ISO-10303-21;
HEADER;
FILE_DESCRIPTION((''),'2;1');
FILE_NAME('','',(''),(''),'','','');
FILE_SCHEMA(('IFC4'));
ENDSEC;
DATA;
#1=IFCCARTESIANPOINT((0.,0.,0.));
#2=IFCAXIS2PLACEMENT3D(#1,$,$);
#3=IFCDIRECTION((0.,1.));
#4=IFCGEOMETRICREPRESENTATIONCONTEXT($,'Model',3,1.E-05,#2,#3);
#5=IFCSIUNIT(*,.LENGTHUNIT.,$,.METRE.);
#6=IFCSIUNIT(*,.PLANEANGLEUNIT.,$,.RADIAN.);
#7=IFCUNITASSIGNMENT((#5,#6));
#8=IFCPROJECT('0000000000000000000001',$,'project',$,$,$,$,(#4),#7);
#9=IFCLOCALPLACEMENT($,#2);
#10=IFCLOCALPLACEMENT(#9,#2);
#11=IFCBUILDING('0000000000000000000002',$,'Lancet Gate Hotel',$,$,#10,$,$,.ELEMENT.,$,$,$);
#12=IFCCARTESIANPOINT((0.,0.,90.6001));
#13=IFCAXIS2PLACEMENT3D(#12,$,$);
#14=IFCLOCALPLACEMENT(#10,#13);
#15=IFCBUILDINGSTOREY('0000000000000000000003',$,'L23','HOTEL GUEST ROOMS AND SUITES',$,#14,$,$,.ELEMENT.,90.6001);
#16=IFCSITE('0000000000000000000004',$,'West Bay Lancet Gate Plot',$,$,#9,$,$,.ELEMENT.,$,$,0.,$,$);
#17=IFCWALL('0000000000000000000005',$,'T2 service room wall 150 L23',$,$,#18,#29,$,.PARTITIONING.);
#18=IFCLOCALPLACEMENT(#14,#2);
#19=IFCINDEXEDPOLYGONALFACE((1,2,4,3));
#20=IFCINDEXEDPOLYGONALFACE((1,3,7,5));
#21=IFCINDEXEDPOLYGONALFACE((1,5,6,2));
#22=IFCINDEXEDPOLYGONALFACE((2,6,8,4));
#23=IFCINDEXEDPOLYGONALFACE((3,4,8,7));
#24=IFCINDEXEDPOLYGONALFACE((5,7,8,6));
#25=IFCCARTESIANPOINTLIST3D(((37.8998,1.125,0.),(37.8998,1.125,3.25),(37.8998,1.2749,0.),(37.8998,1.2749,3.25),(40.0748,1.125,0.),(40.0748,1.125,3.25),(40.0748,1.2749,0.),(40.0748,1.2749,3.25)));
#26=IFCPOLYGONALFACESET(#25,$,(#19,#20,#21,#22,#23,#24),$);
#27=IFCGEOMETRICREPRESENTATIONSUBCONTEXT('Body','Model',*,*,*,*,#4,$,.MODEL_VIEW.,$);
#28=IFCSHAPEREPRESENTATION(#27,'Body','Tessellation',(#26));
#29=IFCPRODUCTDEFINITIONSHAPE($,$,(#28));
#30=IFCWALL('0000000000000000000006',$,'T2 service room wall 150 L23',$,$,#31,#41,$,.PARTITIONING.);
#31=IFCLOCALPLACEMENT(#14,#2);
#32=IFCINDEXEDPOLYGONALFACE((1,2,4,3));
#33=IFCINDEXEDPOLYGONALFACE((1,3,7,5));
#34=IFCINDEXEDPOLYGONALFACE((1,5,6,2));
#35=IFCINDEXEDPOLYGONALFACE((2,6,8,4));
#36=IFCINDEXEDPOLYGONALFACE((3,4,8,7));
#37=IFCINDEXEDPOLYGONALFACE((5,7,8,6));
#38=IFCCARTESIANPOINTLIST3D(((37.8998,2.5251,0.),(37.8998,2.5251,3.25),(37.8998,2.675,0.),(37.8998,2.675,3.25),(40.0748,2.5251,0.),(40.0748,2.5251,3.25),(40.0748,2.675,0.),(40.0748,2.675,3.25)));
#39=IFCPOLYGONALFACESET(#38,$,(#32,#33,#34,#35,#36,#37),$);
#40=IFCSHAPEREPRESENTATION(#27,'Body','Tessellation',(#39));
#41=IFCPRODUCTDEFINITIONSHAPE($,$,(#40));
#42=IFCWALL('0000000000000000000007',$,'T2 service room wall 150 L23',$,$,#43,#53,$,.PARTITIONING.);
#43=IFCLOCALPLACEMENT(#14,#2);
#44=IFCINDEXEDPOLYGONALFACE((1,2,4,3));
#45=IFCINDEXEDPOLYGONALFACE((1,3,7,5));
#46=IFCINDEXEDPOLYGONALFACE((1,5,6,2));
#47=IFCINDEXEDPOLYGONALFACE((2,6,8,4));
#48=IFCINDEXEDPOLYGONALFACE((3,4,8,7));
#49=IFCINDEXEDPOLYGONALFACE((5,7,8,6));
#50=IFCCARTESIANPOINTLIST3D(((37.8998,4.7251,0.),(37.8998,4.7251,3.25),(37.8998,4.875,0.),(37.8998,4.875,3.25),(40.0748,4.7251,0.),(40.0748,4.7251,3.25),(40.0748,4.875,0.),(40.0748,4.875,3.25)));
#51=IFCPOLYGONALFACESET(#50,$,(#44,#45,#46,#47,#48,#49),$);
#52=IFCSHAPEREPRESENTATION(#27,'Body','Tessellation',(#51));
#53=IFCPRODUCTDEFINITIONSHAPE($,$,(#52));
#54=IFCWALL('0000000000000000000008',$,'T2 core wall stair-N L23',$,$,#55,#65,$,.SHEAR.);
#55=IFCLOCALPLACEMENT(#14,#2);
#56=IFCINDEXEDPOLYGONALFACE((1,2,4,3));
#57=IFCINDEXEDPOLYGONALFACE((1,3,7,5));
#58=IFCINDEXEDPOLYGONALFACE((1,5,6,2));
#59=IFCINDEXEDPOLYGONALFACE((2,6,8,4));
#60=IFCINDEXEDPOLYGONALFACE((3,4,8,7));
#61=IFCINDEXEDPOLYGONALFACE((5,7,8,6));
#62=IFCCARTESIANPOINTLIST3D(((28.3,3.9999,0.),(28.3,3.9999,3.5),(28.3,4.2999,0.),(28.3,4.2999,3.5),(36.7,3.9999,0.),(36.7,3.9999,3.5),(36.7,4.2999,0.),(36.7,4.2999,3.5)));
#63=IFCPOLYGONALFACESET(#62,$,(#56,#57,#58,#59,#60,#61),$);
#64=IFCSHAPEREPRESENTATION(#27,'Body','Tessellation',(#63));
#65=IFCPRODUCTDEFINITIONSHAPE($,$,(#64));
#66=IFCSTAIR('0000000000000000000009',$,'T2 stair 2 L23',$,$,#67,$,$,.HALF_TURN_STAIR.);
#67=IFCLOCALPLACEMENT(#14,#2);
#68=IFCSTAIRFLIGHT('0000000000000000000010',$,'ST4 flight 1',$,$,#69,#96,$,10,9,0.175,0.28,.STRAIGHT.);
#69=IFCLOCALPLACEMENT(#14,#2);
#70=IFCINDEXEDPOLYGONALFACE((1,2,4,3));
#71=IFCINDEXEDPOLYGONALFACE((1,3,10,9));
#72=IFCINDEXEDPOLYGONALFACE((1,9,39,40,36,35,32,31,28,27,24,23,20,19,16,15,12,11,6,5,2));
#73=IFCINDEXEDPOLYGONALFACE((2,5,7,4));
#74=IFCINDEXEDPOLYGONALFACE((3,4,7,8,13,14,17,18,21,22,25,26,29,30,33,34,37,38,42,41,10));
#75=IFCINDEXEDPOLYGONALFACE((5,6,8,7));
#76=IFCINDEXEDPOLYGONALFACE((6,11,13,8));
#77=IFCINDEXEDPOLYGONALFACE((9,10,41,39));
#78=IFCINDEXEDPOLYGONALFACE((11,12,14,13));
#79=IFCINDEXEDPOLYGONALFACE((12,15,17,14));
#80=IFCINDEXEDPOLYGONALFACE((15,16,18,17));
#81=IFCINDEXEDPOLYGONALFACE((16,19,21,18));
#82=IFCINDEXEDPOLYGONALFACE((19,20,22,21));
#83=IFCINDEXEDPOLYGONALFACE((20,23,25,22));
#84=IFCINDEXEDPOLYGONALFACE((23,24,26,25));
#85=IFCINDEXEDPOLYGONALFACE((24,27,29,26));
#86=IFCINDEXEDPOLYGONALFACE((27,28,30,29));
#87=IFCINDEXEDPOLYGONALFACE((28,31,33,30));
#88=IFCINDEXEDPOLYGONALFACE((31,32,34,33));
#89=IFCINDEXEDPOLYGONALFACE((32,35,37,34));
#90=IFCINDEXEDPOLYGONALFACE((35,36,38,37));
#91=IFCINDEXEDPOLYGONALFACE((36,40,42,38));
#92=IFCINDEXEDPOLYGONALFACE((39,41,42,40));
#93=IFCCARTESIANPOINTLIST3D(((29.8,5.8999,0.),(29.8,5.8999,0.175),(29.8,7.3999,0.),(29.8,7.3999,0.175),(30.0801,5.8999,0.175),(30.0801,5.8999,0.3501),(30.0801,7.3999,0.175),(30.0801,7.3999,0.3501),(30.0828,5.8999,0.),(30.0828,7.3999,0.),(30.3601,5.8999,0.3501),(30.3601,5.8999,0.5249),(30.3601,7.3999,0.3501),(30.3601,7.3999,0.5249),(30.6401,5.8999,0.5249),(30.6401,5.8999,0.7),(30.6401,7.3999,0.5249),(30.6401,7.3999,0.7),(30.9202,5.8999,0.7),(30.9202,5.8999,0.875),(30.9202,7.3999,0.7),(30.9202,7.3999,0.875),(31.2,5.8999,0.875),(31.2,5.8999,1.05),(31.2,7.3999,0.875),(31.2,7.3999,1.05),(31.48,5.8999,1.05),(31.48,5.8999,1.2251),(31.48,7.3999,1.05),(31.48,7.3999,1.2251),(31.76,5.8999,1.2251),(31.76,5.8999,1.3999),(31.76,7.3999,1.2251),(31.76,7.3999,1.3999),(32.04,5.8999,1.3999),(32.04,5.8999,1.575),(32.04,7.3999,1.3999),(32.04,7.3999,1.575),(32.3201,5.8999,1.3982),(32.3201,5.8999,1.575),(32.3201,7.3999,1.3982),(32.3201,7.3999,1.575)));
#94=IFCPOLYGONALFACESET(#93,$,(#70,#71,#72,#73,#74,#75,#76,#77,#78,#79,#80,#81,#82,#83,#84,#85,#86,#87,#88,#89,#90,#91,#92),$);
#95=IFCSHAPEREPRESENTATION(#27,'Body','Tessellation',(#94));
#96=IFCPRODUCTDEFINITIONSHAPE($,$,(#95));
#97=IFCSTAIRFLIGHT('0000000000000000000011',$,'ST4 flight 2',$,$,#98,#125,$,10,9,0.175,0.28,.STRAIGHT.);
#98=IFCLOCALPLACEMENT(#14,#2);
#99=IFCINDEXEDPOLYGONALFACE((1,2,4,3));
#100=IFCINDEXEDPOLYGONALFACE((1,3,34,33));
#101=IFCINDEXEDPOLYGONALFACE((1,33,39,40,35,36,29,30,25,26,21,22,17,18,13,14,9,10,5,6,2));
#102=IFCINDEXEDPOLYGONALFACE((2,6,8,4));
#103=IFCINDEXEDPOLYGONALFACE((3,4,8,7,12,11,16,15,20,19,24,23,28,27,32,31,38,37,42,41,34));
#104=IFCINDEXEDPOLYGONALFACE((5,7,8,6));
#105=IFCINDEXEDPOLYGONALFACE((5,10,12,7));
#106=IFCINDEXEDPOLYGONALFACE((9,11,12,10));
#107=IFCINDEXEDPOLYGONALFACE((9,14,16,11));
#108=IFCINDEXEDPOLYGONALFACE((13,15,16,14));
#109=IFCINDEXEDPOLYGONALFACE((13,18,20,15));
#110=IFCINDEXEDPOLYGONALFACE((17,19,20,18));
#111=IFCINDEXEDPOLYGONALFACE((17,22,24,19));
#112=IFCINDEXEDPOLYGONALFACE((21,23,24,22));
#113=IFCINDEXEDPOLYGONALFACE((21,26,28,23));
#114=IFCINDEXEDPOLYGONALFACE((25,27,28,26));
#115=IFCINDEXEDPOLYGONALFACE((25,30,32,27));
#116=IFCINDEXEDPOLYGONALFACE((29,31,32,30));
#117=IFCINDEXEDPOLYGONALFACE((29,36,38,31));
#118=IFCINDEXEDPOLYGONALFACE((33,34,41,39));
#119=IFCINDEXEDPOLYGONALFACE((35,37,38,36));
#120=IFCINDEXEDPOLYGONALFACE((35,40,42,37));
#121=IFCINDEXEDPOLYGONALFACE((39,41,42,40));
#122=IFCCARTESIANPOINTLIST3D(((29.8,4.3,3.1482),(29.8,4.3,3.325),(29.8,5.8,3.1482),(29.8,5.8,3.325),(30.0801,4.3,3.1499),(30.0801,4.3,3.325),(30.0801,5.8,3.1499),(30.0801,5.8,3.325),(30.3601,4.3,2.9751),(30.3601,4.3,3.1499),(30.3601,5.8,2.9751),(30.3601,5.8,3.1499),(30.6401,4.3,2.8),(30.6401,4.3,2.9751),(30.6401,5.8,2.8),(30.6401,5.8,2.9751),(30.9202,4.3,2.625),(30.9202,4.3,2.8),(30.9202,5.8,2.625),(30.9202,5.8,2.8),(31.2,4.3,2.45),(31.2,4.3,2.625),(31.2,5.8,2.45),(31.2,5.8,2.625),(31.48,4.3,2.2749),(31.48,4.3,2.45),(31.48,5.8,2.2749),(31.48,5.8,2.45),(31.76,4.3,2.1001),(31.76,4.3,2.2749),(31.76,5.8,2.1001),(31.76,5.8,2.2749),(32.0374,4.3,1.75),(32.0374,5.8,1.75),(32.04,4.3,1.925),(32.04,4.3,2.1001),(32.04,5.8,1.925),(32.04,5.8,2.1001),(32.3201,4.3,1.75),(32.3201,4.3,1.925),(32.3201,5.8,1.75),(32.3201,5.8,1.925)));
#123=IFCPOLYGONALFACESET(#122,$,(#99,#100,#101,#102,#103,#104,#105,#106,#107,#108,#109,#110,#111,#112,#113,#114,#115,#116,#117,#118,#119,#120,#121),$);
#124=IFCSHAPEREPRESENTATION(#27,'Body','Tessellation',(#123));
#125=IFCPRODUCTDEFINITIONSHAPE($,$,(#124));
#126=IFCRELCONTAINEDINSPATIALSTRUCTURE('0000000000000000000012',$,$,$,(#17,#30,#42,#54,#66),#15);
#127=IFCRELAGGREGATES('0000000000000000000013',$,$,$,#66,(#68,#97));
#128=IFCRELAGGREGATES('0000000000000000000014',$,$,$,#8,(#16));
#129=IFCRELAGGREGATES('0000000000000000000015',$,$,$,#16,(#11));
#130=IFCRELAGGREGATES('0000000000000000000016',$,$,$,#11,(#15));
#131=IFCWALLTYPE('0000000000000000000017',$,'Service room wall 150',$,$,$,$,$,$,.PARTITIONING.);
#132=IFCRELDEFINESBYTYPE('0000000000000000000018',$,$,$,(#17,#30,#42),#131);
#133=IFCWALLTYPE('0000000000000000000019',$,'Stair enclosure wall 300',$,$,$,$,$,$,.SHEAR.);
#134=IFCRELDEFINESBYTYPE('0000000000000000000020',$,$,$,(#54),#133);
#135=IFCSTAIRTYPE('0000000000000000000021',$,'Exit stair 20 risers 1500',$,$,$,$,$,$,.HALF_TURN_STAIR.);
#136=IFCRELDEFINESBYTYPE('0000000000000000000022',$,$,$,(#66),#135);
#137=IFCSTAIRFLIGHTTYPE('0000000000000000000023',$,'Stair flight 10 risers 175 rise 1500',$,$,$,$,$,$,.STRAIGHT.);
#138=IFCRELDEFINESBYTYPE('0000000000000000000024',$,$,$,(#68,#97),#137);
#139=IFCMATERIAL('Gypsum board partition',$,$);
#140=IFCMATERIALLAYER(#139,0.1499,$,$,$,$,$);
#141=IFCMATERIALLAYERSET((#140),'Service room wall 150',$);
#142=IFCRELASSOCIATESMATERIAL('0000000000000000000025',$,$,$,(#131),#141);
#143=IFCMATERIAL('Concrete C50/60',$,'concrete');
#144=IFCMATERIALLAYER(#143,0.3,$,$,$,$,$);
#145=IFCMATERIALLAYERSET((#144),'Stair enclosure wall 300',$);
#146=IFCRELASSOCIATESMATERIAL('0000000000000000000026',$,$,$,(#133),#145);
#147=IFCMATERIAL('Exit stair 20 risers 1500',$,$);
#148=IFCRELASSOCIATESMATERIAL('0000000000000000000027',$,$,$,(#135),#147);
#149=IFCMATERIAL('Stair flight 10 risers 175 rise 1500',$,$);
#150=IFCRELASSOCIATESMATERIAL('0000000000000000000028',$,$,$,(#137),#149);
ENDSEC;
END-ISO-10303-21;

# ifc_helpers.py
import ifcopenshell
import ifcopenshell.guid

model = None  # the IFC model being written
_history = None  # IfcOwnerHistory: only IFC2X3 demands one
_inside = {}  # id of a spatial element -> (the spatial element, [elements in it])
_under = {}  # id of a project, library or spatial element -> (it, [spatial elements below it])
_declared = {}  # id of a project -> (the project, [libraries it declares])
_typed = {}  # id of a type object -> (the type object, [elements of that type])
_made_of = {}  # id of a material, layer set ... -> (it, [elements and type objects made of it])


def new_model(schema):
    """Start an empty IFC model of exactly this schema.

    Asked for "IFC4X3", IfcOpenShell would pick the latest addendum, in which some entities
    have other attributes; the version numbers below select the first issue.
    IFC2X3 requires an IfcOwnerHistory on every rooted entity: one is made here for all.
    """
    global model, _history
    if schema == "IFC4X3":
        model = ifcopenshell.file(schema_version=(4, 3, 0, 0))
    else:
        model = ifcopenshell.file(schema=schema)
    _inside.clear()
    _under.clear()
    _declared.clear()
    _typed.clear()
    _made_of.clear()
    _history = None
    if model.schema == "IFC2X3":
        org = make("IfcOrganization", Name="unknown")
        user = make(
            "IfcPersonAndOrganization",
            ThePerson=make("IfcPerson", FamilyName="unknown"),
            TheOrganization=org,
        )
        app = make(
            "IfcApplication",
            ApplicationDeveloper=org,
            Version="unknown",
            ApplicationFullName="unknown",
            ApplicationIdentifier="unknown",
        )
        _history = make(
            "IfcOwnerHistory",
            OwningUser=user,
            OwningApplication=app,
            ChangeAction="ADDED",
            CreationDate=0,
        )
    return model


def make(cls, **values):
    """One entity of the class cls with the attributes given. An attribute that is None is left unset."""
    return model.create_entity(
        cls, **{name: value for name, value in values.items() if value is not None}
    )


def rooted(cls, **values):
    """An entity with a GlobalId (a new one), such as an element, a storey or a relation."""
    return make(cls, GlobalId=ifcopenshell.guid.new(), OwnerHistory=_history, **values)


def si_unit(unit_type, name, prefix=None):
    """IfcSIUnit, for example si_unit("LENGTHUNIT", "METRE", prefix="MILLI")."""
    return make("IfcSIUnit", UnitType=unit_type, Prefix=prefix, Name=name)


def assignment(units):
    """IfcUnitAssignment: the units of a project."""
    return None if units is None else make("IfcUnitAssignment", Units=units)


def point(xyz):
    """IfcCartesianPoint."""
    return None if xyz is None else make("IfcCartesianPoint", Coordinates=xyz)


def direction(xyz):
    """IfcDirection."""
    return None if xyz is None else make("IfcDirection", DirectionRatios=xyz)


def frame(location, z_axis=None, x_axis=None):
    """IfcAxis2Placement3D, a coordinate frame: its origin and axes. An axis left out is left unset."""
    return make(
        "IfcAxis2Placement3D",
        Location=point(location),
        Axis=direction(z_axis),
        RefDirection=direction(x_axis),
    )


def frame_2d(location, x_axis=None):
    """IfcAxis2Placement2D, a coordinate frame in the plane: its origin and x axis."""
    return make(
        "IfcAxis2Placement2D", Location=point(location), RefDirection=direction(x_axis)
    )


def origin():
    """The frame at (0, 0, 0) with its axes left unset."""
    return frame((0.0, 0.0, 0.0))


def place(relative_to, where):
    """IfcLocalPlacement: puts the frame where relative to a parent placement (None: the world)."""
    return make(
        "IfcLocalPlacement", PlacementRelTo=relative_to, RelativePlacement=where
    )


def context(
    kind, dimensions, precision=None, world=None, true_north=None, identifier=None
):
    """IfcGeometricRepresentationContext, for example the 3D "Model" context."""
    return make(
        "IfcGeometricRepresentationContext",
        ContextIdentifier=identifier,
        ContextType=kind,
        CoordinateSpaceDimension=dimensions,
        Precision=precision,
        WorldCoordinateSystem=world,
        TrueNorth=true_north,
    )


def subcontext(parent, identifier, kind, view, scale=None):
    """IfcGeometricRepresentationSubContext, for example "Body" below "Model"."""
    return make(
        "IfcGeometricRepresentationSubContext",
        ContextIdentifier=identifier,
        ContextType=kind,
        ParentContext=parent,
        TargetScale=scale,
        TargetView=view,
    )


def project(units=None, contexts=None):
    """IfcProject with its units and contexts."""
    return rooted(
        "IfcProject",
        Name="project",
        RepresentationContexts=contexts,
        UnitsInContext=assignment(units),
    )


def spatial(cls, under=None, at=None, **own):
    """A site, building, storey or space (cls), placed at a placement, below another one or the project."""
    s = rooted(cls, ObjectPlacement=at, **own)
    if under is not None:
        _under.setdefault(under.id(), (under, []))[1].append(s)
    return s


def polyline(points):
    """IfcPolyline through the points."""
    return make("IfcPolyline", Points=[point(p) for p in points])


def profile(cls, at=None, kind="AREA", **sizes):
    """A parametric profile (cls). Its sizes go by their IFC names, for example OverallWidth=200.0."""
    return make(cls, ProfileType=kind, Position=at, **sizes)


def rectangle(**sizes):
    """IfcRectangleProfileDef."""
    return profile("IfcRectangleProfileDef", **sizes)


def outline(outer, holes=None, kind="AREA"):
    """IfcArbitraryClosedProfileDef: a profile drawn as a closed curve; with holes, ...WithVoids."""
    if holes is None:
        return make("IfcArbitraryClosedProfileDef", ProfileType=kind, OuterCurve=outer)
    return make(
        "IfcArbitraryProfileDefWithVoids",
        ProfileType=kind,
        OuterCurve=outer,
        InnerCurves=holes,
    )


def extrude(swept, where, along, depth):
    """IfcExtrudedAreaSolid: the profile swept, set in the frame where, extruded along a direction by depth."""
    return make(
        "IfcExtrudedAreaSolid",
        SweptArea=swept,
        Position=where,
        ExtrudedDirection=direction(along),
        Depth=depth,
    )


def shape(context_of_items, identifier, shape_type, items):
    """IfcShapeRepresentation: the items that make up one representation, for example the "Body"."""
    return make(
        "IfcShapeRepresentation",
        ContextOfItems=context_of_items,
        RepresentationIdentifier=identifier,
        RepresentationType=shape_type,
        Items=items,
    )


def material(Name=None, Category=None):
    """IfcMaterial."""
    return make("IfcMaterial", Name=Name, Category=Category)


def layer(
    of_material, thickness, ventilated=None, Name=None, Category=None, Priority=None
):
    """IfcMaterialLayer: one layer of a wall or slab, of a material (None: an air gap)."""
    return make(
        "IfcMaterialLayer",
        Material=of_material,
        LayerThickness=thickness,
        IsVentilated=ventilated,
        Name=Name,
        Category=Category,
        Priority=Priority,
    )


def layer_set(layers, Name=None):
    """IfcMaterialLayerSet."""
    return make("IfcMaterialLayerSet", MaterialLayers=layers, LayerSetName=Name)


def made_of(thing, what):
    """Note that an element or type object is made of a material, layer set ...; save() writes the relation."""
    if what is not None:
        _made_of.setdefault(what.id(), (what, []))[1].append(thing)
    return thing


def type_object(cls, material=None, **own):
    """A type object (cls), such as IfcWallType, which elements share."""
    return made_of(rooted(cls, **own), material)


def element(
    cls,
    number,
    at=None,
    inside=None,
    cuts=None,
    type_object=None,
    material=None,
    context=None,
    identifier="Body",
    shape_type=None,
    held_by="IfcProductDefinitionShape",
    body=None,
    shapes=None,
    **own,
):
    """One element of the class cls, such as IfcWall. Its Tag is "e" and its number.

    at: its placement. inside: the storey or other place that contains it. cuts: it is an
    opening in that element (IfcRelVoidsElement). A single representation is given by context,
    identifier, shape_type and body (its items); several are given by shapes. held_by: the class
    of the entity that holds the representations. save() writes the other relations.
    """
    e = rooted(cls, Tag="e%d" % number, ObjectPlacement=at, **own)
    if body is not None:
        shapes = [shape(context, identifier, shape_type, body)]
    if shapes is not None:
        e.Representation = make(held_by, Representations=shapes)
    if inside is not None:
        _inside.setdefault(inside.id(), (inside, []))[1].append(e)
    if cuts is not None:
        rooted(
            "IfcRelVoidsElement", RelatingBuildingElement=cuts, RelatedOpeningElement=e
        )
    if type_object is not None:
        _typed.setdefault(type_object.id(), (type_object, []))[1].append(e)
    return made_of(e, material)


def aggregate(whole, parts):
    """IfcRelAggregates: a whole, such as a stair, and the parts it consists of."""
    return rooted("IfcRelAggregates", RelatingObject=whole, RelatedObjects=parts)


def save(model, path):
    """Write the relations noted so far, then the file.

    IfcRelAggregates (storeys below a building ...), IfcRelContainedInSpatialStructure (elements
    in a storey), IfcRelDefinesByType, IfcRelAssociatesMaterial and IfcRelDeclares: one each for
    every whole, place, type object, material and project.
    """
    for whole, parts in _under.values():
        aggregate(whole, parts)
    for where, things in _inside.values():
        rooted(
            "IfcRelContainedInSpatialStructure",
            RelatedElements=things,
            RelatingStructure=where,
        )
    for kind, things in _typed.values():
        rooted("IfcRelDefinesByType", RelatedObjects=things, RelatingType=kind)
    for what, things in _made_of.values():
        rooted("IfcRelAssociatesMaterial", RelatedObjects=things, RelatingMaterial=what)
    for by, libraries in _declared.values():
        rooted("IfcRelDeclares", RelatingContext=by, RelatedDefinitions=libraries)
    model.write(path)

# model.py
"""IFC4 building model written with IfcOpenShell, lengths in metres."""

from ifc_helpers import new_model, si_unit, direction, frame, frame_2d, origin, place, context, subcontext, project, spatial, polyline, rectangle, outline, extrude, material, layer, layer_set, type_object, element, aggregate, save


model = new_model("IFC4")

# Units and contexts
model_context = context("Model", 3, precision=1e-05, world=origin(), true_north=direction((0.0, 1.0)))
body_context = subcontext(model_context, "Body", "Model", "MODEL_VIEW")
ifc_project = project(units=[si_unit("LENGTHUNIT", "METRE"), si_unit("PLANEANGLEUNIT", "RADIAN")], contexts=[model_context])

# Site, building, storey
site_placement = place(None, origin())
site = spatial("IfcSite", under=ifc_project, at=site_placement, Name="West Bay Lancet Gate Plot", CompositionType="ELEMENT", RefElevation=0.0)
building_placement = place(site_placement, origin())
building = spatial("IfcBuilding", under=site, at=building_placement, Name="Lancet Gate Hotel", CompositionType="ELEMENT")
storey_placement = place(building_placement, frame((0.0, 0.0, 90.6001)))
storey = spatial("IfcBuildingStorey", under=building, at=storey_placement, Name="L23", Description="HOTEL GUEST ROOMS AND SUITES", CompositionType="ELEMENT", Elevation=90.6001)

# Walls
ifc_material_1 = material(Name="Gypsum board partition")
ifc_layer_1 = layer(ifc_material_1, 0.1499)
ifc_layer_set_1 = layer_set([ifc_layer_1], Name="Service room wall 150")
wall_type_1 = type_object("IfcWallType", Name="Service room wall 150", PredefinedType="PARTITIONING", material=ifc_layer_set_1)
for number, where, z_axis, x_axis, name in (
    (1, (37.8999, 1.2, 0.0), (0.0, 0.0, 1.0), (1.0, 0.0, 0.0), "T2 service room wall 150 L23"),
    (2, (37.8999, 2.6001, 0.0), (0.0, 0.0, 1.0), (1.0, 0.0, 0.0), "T2 service room wall 150 L23"),
    (3, (37.8999, 4.8, 0.0), (0.0, 0.0, 1.0), (1.0, 0.0, 0.0), "T2 service room wall 150 L23"),
):
    element("IfcWall", number, at=place(storey_placement, frame(where, z_axis=z_axis, x_axis=x_axis)), inside=storey, type_object=wall_type_1, Name=name, PredefinedType="PARTITIONING", context=body_context, shape_type="SweptSolid", body=[
        extrude(rectangle(XDim=2.175, YDim=0.1499, at=frame_2d((1.0874, 0.0))), origin(), (0.0, 0.0, 1.0), 3.25),
    ])
ifc_material_2 = material(Name="Concrete C50/60", Category="concrete")
ifc_layer_2 = layer(ifc_material_2, 0.3)
ifc_layer_set_2 = layer_set([ifc_layer_2], Name="Stair enclosure wall 300")
wall_type_2 = type_object("IfcWallType", Name="Stair enclosure wall 300", PredefinedType="SHEAR", material=ifc_layer_set_2)
wall_1_placement = place(storey_placement, frame((28.3, 4.1499, 0.0), z_axis=(0.0, 0.0, 1.0), x_axis=(1.0, 0.0, 0.0)))
element("IfcWall", 4, at=wall_1_placement, inside=storey, type_object=wall_type_2, Name="T2 core wall stair-N L23", PredefinedType="SHEAR", context=body_context, shape_type="SweptSolid", body=[
    extrude(rectangle(XDim=8.3999, YDim=0.3, at=frame_2d((4.2, 0.0))), origin(), (0.0, 0.0, 1.0), 3.5),
])

# Stair, stair flights
ifc_material_3 = material(Name="Exit stair 20 risers 1500")
stair_type = type_object("IfcStairType", Name="Exit stair 20 risers 1500", PredefinedType="HALF_TURN_STAIR", material=ifc_material_3)
stair_placement = place(storey_placement, origin())
stair = element("IfcStair", 5, at=stair_placement, inside=storey, type_object=stair_type, Name="T2 stair 2 L23", PredefinedType="HALF_TURN_STAIR")
ifc_material_4 = material(Name="Stair flight 10 risers 175 rise 1500")
stair_flight_type = type_object("IfcStairFlightType", Name="Stair flight 10 risers 175 rise 1500", PredefinedType="STRAIGHT", material=ifc_material_4)
stair_flight_1_placement = place(storey_placement, frame((29.8, 6.6499, 0.0), z_axis=(0.0, 0.0, 1.0), x_axis=(1.0, 0.0, 0.0)))
stair_flight_1 = element("IfcStairFlight", 6, at=stair_flight_1_placement, type_object=stair_flight_type, Name="ST4 flight 1", NumberOfRisers=10, NumberOfTreads=9, PredefinedType="STRAIGHT", RiserHeight=0.175, TreadLength=0.28, context=body_context, shape_type="SweptSolid", body=[
    extrude(outline(polyline([(0.0, 0.0), (0.0, 0.175), (0.28, 0.175), (0.28, 0.3501), (0.5601, 0.3501), (0.5601, 0.5249), (0.8401, 0.5249), (0.8401, 0.7), (1.1201, 0.7), (1.1201, 0.875), (1.3999, 0.875), (1.3999, 1.05), (1.6799, 1.05), (1.6799, 1.2251), (1.96, 1.2251), (1.96, 1.3999), (2.24, 1.3999), (2.24, 1.575), (2.52, 1.575), (2.52, 1.75), (2.52, 1.3982), (0.2827, 0.0), (0.0, 0.0)])), frame((0.0, 0.75, 0.0), z_axis=(0.0, -1.0, 0.0), x_axis=(1.0, 0.0, 0.0)), (0.0, 0.0, 1.0), 1.5),
])
stair_flight_2_placement = place(storey_placement, frame((32.3201, 5.05, 1.75), z_axis=(0.0, 0.0, 1.0), x_axis=(-1.0, 0.0, 0.0)))
stair_flight_2 = element("IfcStairFlight", 7, at=stair_flight_2_placement, type_object=stair_flight_type, Name="ST4 flight 2", NumberOfRisers=10, NumberOfTreads=9, PredefinedType="STRAIGHT", RiserHeight=0.175, TreadLength=0.28, context=body_context, shape_type="SweptSolid", body=[
    extrude(outline(polyline([(0.0, 0.0), (0.0, 0.175), (0.28, 0.175), (0.28, 0.3501), (0.5601, 0.3501), (0.5601, 0.5249), (0.8401, 0.5249), (0.8401, 0.7), (1.1201, 0.7), (1.1201, 0.875), (1.3999, 0.875), (1.3999, 1.05), (1.6799, 1.05), (1.6799, 1.2251), (1.96, 1.2251), (1.96, 1.3999), (2.24, 1.3999), (2.24, 1.575), (2.52, 1.575), (2.52, 1.75), (2.52, 1.3982), (0.2827, 0.0), (0.0, 0.0)])), frame((0.0, 0.75, 0.0), z_axis=(0.0, -1.0, 0.0), x_axis=(1.0, 0.0, 0.0)), (0.0, 0.0, 1.0), 1.5),
])
aggregate(stair, [stair_flight_1, stair_flight_2])

save(model, "model.ifc")
